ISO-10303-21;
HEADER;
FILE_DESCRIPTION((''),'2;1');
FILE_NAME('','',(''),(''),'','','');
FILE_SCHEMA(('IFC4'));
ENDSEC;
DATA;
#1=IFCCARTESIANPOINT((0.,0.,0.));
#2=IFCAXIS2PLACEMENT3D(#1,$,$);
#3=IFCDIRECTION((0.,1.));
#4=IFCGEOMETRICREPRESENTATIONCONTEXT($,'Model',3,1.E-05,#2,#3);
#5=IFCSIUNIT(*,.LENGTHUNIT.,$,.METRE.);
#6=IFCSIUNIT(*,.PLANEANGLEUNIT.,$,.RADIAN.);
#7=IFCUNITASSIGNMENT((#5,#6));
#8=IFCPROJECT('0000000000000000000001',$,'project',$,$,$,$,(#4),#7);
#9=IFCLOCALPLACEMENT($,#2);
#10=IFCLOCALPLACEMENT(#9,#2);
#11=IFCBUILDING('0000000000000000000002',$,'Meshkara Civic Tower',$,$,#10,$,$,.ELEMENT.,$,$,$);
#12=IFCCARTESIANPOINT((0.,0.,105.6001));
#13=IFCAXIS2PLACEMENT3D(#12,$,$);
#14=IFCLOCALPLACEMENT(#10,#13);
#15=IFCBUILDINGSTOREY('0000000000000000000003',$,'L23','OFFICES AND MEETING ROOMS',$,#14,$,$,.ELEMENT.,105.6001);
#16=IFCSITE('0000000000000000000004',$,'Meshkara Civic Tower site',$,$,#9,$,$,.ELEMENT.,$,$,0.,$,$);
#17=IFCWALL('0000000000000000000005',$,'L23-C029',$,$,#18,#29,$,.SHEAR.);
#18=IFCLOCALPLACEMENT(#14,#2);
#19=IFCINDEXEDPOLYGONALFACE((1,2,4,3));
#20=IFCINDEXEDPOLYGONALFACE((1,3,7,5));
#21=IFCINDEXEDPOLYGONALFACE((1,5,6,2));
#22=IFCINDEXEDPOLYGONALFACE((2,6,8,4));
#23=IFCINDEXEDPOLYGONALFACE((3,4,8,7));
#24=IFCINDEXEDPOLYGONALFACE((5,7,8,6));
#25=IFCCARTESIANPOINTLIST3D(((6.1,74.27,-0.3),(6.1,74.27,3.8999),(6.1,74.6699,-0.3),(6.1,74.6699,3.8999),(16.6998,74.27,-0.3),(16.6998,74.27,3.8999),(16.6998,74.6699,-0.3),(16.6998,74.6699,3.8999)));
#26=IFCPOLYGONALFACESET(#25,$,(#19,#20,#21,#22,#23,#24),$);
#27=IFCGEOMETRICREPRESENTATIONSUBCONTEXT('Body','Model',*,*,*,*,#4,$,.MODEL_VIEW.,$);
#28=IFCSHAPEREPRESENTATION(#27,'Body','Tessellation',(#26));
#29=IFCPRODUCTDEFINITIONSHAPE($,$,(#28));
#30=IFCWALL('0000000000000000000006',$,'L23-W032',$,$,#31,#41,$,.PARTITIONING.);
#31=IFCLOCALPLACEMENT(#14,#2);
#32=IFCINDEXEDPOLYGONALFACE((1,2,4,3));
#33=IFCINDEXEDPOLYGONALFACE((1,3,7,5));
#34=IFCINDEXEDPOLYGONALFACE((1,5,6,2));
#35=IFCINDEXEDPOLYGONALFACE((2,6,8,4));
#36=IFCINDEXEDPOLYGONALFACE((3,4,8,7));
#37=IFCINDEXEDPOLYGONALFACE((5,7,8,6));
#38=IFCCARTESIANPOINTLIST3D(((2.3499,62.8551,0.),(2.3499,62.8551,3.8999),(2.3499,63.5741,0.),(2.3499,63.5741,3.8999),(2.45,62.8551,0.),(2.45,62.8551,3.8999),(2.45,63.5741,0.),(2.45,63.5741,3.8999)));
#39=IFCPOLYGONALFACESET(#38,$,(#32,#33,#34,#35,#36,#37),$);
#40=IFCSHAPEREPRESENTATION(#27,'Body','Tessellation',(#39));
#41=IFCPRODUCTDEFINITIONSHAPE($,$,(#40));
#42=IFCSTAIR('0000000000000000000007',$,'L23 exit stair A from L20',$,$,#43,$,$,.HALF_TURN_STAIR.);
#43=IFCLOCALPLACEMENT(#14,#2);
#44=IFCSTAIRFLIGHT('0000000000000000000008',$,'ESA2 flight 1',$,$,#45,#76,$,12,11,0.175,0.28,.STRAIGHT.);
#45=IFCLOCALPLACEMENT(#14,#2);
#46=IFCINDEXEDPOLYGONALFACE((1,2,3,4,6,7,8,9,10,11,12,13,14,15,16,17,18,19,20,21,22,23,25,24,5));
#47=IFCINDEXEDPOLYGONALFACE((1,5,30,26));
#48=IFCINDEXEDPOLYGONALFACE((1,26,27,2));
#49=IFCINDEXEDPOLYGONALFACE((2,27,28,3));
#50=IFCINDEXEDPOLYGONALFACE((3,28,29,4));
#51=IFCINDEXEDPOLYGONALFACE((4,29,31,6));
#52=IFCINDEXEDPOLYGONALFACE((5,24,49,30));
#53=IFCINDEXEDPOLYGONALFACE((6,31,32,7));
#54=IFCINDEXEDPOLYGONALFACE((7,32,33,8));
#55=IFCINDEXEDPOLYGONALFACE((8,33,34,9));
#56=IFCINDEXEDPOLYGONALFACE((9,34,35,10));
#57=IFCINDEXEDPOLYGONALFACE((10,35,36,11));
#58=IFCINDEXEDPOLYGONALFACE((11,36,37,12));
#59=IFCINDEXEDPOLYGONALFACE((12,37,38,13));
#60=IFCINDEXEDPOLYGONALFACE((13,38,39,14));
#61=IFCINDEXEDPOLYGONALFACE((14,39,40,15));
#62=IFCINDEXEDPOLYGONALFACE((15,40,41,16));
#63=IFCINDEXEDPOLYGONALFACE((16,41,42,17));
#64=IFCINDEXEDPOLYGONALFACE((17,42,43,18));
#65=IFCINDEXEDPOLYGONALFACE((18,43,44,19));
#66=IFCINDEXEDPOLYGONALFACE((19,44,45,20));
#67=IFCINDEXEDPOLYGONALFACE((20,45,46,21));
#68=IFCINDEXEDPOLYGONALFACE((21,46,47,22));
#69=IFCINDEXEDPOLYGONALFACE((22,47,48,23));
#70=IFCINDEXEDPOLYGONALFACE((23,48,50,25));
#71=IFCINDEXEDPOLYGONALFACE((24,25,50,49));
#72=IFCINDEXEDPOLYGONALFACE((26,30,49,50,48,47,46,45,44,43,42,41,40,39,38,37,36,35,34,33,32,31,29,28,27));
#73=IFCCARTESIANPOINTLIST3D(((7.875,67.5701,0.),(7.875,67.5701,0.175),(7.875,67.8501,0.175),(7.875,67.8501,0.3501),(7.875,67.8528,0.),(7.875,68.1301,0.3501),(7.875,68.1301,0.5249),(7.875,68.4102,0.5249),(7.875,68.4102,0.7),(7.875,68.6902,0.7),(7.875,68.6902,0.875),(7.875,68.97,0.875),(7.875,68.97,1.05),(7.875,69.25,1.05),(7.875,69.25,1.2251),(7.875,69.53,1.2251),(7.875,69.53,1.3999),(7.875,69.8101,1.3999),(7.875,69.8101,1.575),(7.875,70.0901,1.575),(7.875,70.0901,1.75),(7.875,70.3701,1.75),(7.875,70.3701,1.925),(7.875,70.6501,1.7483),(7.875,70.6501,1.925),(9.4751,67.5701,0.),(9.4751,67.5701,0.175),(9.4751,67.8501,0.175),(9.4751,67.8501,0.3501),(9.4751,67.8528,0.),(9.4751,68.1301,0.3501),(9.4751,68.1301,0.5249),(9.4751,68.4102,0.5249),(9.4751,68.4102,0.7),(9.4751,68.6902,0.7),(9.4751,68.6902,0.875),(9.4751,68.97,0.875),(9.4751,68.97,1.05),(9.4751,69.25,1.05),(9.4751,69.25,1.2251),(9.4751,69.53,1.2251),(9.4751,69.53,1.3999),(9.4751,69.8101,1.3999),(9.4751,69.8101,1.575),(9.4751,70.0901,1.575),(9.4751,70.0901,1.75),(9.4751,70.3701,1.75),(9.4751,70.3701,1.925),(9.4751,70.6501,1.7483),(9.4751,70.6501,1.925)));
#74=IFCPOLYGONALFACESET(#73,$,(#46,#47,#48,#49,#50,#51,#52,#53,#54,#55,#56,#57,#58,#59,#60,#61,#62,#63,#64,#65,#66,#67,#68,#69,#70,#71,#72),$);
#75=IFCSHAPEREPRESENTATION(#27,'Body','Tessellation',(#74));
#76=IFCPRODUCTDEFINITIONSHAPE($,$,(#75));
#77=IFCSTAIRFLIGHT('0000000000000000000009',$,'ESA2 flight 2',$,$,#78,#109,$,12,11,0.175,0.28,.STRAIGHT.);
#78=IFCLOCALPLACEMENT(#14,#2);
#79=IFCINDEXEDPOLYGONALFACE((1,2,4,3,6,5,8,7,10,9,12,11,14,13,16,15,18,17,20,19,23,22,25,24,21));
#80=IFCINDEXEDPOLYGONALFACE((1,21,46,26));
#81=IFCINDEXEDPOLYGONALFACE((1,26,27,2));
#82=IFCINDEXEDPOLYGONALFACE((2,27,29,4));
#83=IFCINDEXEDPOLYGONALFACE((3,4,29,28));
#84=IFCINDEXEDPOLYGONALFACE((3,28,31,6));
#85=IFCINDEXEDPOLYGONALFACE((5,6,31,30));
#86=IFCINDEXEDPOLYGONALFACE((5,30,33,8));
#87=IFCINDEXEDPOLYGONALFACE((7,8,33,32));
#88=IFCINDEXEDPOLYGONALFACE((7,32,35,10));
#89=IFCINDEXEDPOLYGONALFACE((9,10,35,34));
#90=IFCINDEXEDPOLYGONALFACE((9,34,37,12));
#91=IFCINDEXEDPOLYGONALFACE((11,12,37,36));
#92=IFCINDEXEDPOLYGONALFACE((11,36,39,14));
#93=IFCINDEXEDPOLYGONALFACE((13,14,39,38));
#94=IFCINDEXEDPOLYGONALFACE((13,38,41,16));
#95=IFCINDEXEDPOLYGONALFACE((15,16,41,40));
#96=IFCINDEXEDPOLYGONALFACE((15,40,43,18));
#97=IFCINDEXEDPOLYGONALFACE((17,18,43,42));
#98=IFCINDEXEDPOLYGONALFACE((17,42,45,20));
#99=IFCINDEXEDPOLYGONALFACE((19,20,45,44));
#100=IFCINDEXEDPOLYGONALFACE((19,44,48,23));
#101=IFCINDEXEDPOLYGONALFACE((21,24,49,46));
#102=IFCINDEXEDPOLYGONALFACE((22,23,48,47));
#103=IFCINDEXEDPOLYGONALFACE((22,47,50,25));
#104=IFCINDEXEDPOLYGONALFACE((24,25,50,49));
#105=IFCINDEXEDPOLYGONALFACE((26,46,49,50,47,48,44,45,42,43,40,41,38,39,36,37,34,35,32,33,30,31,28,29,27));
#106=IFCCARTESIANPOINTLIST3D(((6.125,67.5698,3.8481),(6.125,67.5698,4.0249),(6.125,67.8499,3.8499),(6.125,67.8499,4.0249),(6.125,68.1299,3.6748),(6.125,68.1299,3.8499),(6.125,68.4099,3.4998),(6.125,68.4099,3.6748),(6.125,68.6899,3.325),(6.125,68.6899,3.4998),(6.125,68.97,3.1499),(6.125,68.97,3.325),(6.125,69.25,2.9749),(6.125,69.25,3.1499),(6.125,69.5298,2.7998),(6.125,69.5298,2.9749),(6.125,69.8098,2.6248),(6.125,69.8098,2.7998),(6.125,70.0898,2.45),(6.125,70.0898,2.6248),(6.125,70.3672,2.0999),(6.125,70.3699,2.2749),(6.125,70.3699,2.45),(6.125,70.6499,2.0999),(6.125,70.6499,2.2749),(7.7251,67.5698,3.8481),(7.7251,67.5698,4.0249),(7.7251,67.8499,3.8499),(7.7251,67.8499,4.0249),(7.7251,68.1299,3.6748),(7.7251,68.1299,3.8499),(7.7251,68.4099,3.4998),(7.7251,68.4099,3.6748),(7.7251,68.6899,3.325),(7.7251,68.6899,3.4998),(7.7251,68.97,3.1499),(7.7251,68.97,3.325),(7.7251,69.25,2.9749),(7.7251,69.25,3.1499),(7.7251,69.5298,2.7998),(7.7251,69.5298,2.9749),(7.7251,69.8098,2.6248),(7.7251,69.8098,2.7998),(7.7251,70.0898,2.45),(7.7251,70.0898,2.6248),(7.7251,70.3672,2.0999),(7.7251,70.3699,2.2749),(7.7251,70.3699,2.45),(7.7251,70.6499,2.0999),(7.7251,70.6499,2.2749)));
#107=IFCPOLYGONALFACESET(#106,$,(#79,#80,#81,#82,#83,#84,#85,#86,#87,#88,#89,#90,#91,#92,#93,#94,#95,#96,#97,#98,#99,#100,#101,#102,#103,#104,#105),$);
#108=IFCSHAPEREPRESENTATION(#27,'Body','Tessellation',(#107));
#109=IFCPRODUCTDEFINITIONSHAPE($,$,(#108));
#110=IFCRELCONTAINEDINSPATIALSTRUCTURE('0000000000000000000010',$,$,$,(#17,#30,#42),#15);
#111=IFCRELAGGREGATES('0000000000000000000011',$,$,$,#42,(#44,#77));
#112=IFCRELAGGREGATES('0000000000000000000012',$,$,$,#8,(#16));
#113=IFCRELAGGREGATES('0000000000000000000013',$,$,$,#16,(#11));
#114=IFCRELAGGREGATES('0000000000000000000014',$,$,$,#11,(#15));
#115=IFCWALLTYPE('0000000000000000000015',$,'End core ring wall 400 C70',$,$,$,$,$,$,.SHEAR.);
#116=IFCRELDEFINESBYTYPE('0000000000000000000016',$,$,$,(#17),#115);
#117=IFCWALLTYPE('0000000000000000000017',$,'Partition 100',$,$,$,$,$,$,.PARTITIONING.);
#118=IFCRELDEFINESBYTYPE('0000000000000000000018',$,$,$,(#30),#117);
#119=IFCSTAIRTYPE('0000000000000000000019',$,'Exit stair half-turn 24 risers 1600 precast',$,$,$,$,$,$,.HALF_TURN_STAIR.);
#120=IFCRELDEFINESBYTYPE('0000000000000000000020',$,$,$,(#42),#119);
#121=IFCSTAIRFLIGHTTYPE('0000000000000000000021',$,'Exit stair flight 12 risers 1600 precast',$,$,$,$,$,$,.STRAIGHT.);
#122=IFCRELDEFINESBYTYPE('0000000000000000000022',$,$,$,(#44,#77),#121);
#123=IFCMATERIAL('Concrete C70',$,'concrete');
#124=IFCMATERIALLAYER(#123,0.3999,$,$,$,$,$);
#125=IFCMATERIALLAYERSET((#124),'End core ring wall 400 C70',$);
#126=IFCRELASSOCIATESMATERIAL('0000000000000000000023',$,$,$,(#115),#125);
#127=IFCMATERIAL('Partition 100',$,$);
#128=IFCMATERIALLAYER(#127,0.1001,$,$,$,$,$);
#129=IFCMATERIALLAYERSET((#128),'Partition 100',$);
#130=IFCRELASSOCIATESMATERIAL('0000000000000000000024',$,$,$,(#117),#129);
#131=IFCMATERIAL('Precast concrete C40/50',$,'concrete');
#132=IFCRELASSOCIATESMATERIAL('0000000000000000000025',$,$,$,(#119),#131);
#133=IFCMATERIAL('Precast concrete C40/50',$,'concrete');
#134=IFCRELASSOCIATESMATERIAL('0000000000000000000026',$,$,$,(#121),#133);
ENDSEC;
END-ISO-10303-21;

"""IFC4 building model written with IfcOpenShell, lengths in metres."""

from ifc_helpers import new_model, si_unit, direction, frame, frame_2d, origin, place, context, subcontext, project, spatial, polyline, rectangle, outline, extrude, material, layer, layer_set, type_object, element, aggregate, save


model = new_model("IFC4")

# Units and contexts
model_context = context("Model", 3, precision=1e-05, world=origin(), true_north=direction((0.0, 1.0)))
body_context = subcontext(model_context, "Body", "Model", "MODEL_VIEW")
ifc_project = project(units=[si_unit("LENGTHUNIT", "METRE"), si_unit("PLANEANGLEUNIT", "RADIAN")], contexts=[model_context])

# Site, building, storey
site_placement = place(None, origin())
site = spatial("IfcSite", under=ifc_project, at=site_placement, Name="Meshkara Civic Tower site", CompositionType="ELEMENT", RefElevation=0.0)
building_placement = place(site_placement, origin())
building = spatial("IfcBuilding", under=site, at=building_placement, Name="Meshkara Civic Tower", CompositionType="ELEMENT")
storey_placement = place(building_placement, frame((0.0, 0.0, 105.6001)))
storey = spatial("IfcBuildingStorey", under=building, at=storey_placement, Name="L23", Description="OFFICES AND MEETING ROOMS", CompositionType="ELEMENT", Elevation=105.6001)

# Shared definitions
ifc_material_1 = material(Name="Concrete C70", Category="concrete")
ifc_layer_1 = layer(ifc_material_1, 0.3999)
ifc_layer_set_1 = layer_set([ifc_layer_1], Name="End core ring wall 400 C70")
wall_type_1 = type_object("IfcWallType", Name="End core ring wall 400 C70", PredefinedType="SHEAR", material=ifc_layer_set_1)

# Walls
wall_1_placement = place(storey_placement, frame((6.1001, 74.47, -0.3), z_axis=(0.0, 0.0, 1.0), x_axis=(1.0, 0.0, 0.0)))
element("IfcWall", 1, at=wall_1_placement, inside=storey, type_object=wall_type_1, Name="L23-C029", PredefinedType="SHEAR", context=body_context, shape_type="SweptSolid", body=[
    extrude(rectangle(XDim=10.5999, YDim=0.3999, at=frame_2d((5.2998, 0.0))), origin(), (0.0, 0.0, 1.0), 4.2),
])
ifc_material_2 = material(Name="Partition 100")
ifc_layer_2 = layer(ifc_material_2, 0.1001)
ifc_layer_set_2 = layer_set([ifc_layer_2], Name="Partition 100")
wall_type_2 = type_object("IfcWallType", Name="Partition 100", PredefinedType="PARTITIONING", material=ifc_layer_set_2)
wall_2_placement = place(storey_placement, frame((2.3999, 63.574, 0.0), z_axis=(0.0, 0.0, 1.0), x_axis=(0.0, -1.0, 0.0)))
element("IfcWall", 2, at=wall_2_placement, inside=storey, type_object=wall_type_2, Name="L23-W032", PredefinedType="PARTITIONING", context=body_context, shape_type="SweptSolid", body=[
    extrude(rectangle(XDim=0.719, YDim=0.1001, at=frame_2d((0.3594, 0.0))), origin(), (0.0, 0.0, 1.0), 3.8999),
])

# Stair, stair flights
ifc_material_3 = material(Name="Precast concrete C40/50", Category="concrete")
stair_type = type_object("IfcStairType", Name="Exit stair half-turn 24 risers 1600 precast", PredefinedType="HALF_TURN_STAIR", material=ifc_material_3)
stair_placement = place(storey_placement, origin())
stair = element("IfcStair", 3, at=stair_placement, inside=storey, type_object=stair_type, Name="L23 exit stair A from L20", PredefinedType="HALF_TURN_STAIR")
ifc_material_4 = material(Name="Precast concrete C40/50", Category="concrete")
stair_flight_type = type_object("IfcStairFlightType", Name="Exit stair flight 12 risers 1600 precast", PredefinedType="STRAIGHT", material=ifc_material_4)
stair_flight_1_placement = place(storey_placement, frame((8.675, 67.5701, 0.0), z_axis=(0.0, 0.0, 1.0), x_axis=(0.0, 1.0, 0.0)))
stair_flight_1 = element("IfcStairFlight", 4, at=stair_flight_1_placement, type_object=stair_flight_type, Name="ESA2 flight 1", NumberOfRisers=12, NumberOfTreads=11, PredefinedType="STRAIGHT", RiserHeight=0.175, TreadLength=0.28, context=body_context, shape_type="SweptSolid", body=[
    extrude(outline(polyline([(0.0, 0.0), (0.0, 0.175), (0.28, 0.175), (0.28, 0.3501), (0.5601, 0.3501), (0.5601, 0.5249), (0.8401, 0.5249), (0.8401, 0.7), (1.1201, 0.7), (1.1201, 0.875), (1.3999, 0.875), (1.3999, 1.05), (1.6799, 1.05), (1.6799, 1.2251), (1.96, 1.2251), (1.96, 1.3999), (2.24, 1.3999), (2.24, 1.575), (2.52, 1.575), (2.52, 1.75), (2.8, 1.75), (2.8, 1.925), (3.0801, 1.925), (3.0801, 2.1001), (3.0801, 1.7483), (0.2827, 0.0), (0.0, 0.0)])), frame((0.0, 0.8, 0.0), z_axis=(0.0, -1.0, 0.0), x_axis=(1.0, 0.0, 0.0)), (0.0, 0.0, 1.0), 1.6001),
])
stair_flight_2_placement = place(storey_placement, frame((6.925, 70.6499, 2.0999), z_axis=(0.0, 0.0, 1.0), x_axis=(0.0, -1.0, 0.0)))
stair_flight_2 = element("IfcStairFlight", 5, at=stair_flight_2_placement, type_object=stair_flight_type, Name="ESA2 flight 2", NumberOfRisers=12, NumberOfTreads=11, PredefinedType="STRAIGHT", RiserHeight=0.175, TreadLength=0.28, context=body_context, shape_type="SweptSolid", body=[
    extrude(outline(polyline([(0.0, 0.0), (0.0, 0.175), (0.28, 0.175), (0.28, 0.3501), (0.5601, 0.3501), (0.5601, 0.5249), (0.8401, 0.5249), (0.8401, 0.7), (1.1201, 0.7), (1.1201, 0.875), (1.3999, 0.875), (1.3999, 1.05), (1.6799, 1.05), (1.6799, 1.2251), (1.96, 1.2251), (1.96, 1.3999), (2.24, 1.3999), (2.24, 1.575), (2.52, 1.575), (2.52, 1.75), (2.8, 1.75), (2.8, 1.925), (3.0801, 1.925), (3.0801, 2.1001), (3.0801, 1.7483), (0.2827, 0.0), (0.0, 0.0)])), frame((0.0, 0.8, 0.0), z_axis=(0.0, -1.0, 0.0), x_axis=(1.0, 0.0, 0.0)), (0.0, 0.0, 1.0), 1.6001),
])
aggregate(stair, [stair_flight_1, stair_flight_2])

save(model, "model.ifc")
